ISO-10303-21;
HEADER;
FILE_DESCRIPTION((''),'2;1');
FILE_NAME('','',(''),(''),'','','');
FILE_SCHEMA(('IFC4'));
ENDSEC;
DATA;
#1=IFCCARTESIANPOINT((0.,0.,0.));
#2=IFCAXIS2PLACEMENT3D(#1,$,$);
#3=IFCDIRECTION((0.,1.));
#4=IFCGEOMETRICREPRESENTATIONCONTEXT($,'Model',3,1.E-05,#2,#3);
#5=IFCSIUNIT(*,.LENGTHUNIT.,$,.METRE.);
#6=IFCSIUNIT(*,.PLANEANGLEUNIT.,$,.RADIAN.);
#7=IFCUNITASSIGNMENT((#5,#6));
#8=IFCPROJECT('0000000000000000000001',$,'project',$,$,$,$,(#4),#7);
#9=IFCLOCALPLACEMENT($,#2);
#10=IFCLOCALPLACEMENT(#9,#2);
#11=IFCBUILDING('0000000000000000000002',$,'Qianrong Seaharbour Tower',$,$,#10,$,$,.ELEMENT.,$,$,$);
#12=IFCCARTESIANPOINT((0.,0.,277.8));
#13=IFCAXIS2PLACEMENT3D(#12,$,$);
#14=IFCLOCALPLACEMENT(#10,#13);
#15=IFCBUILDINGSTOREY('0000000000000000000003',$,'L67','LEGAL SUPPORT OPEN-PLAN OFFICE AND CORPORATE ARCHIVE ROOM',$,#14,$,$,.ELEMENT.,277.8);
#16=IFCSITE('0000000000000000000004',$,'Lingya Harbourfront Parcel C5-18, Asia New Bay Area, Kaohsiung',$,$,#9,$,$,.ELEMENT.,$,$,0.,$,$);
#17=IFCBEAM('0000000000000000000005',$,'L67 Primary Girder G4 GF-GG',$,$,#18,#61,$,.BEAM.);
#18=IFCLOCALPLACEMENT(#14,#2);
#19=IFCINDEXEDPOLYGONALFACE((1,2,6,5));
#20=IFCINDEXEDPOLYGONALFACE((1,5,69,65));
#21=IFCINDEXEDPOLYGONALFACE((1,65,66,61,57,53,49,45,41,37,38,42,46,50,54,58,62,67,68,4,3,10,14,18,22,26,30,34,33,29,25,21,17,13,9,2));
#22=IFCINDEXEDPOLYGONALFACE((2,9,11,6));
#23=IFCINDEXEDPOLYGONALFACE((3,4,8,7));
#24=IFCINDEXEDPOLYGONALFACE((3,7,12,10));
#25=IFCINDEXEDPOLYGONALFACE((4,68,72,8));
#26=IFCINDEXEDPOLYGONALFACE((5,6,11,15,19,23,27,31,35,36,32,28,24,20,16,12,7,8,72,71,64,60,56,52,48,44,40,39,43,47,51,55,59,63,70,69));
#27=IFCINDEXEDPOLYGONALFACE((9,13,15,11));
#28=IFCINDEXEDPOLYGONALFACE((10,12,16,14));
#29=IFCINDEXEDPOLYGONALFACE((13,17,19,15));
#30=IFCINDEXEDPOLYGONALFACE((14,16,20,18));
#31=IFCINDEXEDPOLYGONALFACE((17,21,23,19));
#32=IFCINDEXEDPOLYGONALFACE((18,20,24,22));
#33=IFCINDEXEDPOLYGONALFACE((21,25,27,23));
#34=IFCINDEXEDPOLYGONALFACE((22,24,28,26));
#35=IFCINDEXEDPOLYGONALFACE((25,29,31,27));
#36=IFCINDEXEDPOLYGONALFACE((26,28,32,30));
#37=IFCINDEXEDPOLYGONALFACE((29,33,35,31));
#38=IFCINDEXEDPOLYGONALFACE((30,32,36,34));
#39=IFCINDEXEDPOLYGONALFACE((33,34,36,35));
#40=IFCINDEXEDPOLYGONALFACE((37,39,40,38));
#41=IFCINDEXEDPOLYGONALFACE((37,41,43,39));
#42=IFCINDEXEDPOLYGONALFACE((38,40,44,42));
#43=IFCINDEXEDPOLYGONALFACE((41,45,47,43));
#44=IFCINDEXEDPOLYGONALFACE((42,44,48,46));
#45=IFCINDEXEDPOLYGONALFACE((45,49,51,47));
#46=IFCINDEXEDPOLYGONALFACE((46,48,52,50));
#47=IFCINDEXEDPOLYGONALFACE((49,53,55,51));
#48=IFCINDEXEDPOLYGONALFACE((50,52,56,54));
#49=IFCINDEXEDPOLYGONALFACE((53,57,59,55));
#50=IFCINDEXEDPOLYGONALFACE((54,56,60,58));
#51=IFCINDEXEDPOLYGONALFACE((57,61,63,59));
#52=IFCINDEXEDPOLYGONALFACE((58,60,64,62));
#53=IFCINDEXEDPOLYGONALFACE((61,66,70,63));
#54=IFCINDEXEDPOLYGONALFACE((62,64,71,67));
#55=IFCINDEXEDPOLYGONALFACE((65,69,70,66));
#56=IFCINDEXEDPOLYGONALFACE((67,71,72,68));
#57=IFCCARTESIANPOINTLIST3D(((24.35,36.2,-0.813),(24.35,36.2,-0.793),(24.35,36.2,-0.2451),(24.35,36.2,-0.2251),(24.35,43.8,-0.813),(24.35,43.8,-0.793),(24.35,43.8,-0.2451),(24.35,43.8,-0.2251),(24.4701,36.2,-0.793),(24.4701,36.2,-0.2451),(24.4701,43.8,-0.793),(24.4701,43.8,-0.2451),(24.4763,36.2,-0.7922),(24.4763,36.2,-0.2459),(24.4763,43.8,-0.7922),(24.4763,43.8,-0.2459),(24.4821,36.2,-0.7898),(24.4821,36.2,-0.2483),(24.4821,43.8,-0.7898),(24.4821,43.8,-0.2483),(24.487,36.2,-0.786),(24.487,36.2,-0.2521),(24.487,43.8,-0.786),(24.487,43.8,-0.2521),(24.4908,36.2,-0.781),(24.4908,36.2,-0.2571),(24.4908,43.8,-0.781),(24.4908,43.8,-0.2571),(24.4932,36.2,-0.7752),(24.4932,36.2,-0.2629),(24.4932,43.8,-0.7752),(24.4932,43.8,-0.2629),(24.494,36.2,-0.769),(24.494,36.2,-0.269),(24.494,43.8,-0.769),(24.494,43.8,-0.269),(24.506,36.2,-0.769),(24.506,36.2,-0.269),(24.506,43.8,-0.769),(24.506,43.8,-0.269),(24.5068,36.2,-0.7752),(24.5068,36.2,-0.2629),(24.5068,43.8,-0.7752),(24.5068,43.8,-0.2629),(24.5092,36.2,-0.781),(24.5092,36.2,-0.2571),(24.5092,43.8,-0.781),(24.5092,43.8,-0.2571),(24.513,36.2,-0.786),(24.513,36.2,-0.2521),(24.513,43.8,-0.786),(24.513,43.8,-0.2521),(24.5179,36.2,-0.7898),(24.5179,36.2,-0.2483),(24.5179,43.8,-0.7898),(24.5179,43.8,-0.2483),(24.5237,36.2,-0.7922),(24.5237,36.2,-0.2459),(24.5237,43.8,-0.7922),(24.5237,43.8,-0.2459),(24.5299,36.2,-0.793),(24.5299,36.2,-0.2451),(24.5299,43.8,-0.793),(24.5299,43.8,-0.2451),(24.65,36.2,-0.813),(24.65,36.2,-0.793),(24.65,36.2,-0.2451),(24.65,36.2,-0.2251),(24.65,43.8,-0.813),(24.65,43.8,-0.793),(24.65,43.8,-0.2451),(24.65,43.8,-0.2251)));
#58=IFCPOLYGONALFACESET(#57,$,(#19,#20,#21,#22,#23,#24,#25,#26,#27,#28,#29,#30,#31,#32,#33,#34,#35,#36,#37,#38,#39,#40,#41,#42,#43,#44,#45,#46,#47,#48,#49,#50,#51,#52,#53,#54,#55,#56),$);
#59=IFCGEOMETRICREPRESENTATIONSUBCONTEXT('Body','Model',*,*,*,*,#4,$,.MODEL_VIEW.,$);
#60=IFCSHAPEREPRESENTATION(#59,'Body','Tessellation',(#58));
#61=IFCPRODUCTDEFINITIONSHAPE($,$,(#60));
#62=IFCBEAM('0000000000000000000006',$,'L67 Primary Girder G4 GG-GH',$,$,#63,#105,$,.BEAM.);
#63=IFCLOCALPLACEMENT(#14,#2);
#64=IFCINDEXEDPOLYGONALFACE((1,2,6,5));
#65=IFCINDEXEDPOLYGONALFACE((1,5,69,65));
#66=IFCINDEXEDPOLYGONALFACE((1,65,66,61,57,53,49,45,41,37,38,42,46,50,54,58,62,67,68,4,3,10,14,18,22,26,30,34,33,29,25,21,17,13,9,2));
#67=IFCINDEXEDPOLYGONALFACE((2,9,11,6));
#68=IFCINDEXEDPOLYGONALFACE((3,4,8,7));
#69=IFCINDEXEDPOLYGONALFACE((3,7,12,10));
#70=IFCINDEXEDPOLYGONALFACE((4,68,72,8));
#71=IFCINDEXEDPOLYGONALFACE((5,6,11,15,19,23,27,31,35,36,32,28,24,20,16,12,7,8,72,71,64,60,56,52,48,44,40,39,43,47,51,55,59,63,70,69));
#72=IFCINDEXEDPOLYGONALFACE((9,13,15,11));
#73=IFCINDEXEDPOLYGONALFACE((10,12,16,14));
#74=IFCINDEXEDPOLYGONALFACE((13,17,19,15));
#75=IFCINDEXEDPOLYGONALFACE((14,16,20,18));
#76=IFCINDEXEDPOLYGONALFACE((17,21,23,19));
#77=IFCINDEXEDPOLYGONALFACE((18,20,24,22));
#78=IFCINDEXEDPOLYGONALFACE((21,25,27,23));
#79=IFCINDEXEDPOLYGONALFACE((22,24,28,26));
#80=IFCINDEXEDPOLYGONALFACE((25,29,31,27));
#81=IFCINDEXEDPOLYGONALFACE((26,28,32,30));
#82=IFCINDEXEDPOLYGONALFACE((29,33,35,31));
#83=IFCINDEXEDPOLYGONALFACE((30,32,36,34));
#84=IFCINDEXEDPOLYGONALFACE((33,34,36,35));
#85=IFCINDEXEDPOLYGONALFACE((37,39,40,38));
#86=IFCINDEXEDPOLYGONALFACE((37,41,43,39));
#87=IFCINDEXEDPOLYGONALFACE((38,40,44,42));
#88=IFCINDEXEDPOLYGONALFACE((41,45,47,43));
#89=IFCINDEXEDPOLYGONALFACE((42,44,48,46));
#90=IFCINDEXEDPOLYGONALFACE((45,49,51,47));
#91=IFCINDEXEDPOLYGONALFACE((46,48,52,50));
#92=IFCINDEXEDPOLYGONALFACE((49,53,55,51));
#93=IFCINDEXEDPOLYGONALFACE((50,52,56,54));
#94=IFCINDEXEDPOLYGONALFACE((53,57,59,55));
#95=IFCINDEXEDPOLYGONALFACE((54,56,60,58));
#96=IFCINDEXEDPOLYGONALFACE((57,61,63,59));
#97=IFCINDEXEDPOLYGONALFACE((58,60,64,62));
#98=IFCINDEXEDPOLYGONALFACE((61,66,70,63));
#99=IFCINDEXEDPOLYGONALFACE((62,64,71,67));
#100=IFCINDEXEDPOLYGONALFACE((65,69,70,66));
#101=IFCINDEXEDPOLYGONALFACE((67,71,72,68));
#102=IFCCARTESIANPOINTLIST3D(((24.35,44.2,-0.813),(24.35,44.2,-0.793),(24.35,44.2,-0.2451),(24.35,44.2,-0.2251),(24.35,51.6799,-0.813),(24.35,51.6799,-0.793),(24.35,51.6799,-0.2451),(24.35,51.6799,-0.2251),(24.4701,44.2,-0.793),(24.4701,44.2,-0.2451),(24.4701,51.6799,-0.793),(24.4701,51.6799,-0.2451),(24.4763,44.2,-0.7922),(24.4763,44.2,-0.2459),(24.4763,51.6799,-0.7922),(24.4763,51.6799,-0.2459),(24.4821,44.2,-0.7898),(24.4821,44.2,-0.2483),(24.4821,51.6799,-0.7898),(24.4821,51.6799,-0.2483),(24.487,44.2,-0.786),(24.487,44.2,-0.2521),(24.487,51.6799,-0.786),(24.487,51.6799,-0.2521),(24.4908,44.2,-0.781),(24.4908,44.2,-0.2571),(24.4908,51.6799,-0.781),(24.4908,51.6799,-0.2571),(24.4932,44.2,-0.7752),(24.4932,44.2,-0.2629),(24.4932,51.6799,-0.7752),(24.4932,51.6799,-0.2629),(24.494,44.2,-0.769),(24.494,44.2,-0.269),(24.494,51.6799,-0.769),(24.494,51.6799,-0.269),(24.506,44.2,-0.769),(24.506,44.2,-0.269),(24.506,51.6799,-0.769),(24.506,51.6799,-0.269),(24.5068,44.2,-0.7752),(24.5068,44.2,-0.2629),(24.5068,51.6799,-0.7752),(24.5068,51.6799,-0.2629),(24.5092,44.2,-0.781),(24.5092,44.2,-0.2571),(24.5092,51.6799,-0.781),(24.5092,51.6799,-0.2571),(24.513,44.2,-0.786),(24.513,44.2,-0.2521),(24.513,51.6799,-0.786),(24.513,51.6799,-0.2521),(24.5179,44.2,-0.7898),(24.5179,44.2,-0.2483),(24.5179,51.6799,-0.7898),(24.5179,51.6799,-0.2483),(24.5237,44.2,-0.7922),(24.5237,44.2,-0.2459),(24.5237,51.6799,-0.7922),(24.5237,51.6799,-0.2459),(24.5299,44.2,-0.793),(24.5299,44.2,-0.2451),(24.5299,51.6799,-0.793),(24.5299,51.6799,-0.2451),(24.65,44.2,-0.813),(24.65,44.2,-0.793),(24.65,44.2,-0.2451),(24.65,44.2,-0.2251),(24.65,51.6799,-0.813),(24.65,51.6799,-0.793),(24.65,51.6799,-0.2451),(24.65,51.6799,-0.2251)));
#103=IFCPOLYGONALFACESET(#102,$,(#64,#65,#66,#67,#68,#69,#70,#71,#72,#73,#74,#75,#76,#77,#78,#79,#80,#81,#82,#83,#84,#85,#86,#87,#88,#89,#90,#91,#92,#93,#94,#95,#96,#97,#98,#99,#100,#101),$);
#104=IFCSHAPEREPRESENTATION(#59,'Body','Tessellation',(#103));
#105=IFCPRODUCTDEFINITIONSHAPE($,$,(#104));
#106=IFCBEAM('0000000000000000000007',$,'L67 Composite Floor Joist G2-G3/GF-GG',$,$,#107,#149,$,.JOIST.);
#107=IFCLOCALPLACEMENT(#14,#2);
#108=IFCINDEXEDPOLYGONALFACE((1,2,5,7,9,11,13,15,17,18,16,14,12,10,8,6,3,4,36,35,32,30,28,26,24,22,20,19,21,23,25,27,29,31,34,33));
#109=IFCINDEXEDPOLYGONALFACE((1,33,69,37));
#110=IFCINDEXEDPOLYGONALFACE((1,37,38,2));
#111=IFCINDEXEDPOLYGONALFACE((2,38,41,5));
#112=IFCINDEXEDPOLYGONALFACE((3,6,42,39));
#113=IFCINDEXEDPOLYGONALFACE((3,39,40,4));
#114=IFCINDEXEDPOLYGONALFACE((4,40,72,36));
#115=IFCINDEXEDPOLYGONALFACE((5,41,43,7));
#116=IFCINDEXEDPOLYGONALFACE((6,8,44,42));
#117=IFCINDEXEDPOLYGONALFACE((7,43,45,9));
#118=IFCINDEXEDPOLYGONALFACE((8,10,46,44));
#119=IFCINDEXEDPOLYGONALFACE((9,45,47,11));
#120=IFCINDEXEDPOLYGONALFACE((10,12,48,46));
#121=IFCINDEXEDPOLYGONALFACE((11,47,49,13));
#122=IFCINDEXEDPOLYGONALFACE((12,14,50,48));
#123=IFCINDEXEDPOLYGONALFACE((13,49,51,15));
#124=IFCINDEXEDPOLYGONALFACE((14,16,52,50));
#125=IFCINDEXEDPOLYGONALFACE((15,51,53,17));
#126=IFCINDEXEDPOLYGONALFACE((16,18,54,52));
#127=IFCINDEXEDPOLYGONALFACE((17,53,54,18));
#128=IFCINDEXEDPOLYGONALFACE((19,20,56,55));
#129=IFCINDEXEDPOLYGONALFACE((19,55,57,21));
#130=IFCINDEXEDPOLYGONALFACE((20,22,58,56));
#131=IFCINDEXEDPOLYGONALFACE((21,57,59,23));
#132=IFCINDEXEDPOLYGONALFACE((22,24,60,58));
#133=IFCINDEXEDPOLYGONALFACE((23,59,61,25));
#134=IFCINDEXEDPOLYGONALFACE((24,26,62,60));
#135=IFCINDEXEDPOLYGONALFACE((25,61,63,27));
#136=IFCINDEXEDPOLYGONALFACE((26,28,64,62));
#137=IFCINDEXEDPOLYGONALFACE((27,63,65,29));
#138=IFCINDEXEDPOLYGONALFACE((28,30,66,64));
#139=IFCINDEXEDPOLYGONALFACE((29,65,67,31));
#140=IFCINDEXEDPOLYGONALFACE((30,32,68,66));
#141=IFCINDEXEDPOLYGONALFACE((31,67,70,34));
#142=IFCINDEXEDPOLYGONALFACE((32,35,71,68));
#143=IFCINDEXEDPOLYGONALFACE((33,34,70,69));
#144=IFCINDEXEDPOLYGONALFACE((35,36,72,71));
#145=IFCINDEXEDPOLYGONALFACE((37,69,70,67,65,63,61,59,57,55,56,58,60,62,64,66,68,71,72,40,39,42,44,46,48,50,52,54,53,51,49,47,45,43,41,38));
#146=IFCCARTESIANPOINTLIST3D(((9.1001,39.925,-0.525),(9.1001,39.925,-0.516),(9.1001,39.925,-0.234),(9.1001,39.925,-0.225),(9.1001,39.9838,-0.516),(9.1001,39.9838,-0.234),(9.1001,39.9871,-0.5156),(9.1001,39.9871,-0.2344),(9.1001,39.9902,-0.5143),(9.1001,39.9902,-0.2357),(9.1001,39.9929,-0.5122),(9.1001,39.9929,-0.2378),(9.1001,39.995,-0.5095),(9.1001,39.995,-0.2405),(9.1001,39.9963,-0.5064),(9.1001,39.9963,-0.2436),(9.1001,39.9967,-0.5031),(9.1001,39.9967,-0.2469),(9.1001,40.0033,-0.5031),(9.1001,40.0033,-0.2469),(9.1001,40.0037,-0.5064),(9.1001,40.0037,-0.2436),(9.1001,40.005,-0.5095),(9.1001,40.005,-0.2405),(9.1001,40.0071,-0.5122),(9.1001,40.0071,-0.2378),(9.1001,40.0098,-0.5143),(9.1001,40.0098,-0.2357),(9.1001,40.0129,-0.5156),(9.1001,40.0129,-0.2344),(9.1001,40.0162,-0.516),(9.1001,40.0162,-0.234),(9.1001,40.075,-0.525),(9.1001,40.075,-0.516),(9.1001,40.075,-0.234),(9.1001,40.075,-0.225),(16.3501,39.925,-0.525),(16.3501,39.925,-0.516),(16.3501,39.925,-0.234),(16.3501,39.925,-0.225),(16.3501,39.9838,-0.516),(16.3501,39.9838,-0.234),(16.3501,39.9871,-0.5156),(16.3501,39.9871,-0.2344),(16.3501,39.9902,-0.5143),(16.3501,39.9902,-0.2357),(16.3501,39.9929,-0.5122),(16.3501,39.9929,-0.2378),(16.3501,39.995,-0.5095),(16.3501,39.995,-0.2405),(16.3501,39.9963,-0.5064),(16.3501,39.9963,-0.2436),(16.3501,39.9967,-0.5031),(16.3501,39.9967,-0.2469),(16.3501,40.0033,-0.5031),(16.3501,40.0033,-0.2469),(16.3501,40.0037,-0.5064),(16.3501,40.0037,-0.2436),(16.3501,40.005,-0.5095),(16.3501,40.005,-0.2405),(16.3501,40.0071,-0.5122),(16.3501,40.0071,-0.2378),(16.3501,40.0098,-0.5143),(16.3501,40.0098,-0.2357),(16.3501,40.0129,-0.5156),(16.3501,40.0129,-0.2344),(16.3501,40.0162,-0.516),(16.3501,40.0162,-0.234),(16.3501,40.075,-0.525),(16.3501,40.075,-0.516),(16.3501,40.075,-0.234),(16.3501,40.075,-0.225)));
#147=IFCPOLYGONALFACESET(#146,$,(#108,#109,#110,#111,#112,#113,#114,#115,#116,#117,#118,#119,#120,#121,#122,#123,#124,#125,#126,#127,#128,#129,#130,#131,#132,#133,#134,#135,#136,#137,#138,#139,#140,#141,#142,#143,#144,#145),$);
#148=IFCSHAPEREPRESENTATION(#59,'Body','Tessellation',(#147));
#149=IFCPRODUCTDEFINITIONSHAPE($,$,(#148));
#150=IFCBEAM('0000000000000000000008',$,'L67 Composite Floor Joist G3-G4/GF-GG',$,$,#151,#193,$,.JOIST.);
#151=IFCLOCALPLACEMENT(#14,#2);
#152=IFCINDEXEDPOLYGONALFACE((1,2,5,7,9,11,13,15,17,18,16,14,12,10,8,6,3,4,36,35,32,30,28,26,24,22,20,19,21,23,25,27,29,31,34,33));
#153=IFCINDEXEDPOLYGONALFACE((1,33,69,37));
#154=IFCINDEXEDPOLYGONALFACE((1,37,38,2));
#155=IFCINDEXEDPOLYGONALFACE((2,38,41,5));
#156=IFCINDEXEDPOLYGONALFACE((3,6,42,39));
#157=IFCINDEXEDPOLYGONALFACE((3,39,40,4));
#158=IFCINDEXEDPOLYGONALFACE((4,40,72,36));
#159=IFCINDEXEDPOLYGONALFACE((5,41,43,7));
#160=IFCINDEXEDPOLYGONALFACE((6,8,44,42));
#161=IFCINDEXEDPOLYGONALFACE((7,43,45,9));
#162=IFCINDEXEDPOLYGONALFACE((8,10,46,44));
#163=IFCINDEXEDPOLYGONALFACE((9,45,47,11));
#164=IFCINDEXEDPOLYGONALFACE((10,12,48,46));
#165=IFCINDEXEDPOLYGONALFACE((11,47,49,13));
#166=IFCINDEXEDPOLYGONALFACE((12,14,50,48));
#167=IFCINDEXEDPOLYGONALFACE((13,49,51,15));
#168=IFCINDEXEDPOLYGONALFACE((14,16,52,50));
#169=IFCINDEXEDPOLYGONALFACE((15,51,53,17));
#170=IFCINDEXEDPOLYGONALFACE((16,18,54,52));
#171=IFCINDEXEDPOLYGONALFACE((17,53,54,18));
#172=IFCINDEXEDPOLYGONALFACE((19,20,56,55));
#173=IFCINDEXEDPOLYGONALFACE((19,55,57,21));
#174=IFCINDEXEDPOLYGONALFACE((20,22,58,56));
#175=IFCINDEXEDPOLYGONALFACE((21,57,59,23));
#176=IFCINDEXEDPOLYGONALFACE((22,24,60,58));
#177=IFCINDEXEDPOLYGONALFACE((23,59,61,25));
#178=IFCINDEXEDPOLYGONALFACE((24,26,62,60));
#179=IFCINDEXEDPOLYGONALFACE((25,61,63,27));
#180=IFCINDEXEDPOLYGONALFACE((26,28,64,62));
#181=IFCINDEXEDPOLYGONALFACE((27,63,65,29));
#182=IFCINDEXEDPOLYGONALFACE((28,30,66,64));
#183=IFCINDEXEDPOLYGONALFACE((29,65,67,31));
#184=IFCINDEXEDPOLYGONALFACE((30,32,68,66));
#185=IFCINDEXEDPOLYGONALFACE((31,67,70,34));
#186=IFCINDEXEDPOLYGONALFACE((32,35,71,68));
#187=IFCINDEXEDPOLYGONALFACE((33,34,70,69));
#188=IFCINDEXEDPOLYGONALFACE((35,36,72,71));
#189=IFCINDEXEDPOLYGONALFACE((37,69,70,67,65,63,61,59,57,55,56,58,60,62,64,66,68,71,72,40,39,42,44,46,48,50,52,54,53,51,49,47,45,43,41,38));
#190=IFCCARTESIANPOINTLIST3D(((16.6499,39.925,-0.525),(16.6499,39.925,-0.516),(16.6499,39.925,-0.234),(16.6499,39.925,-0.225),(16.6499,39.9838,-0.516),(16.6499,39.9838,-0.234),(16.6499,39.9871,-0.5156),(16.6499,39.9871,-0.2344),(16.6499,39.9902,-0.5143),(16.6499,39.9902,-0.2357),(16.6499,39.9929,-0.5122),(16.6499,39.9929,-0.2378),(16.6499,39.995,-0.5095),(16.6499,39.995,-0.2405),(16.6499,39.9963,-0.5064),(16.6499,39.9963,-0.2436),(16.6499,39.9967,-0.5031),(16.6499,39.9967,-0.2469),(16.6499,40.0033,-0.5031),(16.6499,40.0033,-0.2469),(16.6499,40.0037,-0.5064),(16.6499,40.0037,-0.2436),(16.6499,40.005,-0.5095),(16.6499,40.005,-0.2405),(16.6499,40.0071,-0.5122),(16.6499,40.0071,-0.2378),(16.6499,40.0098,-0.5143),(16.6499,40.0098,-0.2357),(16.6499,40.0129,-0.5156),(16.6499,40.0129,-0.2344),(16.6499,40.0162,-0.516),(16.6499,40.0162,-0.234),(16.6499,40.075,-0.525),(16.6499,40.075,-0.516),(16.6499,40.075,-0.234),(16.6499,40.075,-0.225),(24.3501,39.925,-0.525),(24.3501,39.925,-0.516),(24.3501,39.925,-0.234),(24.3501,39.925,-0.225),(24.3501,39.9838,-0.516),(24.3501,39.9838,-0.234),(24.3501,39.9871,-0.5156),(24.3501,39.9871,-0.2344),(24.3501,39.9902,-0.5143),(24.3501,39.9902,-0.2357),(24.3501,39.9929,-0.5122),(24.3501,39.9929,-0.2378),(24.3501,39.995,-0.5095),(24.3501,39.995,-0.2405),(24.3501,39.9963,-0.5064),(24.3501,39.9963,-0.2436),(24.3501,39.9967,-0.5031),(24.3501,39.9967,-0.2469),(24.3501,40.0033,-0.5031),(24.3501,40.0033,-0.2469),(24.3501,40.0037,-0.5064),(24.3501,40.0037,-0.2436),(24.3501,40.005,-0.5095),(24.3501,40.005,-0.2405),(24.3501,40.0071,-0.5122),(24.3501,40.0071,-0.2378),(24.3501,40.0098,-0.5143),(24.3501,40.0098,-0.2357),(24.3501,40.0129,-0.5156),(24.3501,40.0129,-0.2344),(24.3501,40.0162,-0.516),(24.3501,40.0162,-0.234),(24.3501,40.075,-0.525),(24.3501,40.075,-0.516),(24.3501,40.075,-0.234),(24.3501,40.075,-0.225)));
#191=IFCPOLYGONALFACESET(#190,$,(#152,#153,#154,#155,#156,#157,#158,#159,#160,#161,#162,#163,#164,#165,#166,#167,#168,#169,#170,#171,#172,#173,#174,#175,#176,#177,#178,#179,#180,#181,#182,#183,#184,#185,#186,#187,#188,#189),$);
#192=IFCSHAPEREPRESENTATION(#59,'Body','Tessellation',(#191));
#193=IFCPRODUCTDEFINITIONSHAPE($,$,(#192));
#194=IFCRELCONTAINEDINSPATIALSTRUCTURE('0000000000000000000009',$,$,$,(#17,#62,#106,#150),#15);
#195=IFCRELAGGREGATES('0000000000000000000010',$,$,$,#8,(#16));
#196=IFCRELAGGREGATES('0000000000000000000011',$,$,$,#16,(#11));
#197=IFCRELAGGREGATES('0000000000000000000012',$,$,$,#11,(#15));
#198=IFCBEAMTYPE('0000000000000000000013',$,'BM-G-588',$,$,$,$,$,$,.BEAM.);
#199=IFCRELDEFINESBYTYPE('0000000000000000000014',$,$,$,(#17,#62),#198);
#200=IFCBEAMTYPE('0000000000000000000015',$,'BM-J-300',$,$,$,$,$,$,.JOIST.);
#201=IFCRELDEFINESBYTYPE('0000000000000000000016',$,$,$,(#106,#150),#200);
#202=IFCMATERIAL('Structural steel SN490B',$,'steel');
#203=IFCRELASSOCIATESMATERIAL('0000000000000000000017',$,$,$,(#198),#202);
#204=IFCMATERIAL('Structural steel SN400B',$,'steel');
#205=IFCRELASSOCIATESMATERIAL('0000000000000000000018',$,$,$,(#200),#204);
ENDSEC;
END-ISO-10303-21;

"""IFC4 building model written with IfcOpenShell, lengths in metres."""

from ifc_helpers import new_model, si_unit, direction, frame, origin, origin_2d, place, context, subcontext, project, spatial, i_section, extrude, material, material_profile, profile_set, type_object, element, save


model = new_model("IFC4")

# Units and contexts
model_context = context("Model", 3, precision=1e-05, world=origin(), true_north=direction((0.0, 1.0)))
body_context = subcontext(model_context, "Body", "Model", "MODEL_VIEW")
ifc_project = project(units=[si_unit("LENGTHUNIT", "METRE"), si_unit("PLANEANGLEUNIT", "RADIAN")], contexts=[model_context])

# Site, building, storey
site_placement = place(None, origin())
site = spatial("IfcSite", under=ifc_project, at=site_placement, Name="Lingya Harbourfront Parcel C5-18, Asia New Bay Area, Kaohsiung", CompositionType="ELEMENT", RefElevation=0.0)
building_placement = place(site_placement, origin())
building = spatial("IfcBuilding", under=site, at=building_placement, Name="Qianrong Seaharbour Tower", CompositionType="ELEMENT")
storey_placement = place(building_placement, frame((0.0, 0.0, 277.8)))
storey = spatial("IfcBuildingStorey", under=building, at=storey_placement, Name="L67", Description="LEGAL SUPPORT OPEN-PLAN OFFICE AND CORPORATE ARCHIVE ROOM", CompositionType="ELEMENT", Elevation=277.8)

# Shared definitions
ifc_material_1 = material(Name="Structural steel SN490B", Category="steel")

# Beams
ifc_material_profile_1 = material_profile(ifc_material_1, i_section(OverallWidth=0.3, OverallDepth=0.5879, WebThickness=0.012, FlangeThickness=0.02, FilletRadius=0.0239, at=origin_2d()), Name="H588x300x12x20")
ifc_profile_set_1 = profile_set([ifc_material_profile_1], Name="Structural steel SN490B")
beam_type_1 = type_object("IfcBeamType", Name="BM-G-588", PredefinedType="BEAM", material=ifc_profile_set_1)
beam_1_placement = place(storey_placement, frame((24.5, 36.2, -0.519), z_axis=(0.0, 1.0, 0.0), x_axis=(-1.0, 0.0, 0.0)))
element("IfcBeam", 1, at=beam_1_placement, inside=storey, type_object=beam_type_1, Name="L67 Primary Girder G4 GF-GG", PredefinedType="BEAM", context=body_context, shape_type="SweptSolid", body=[
    extrude(i_section(OverallWidth=0.3, OverallDepth=0.5879, WebThickness=0.012, FlangeThickness=0.02, FilletRadius=0.0239, at=origin_2d()), origin(), (0.0, 0.0, 1.0), 7.6001),
])
beam_2_placement = place(storey_placement, frame((24.5, 44.2, -0.519), z_axis=(0.0, 1.0, 0.0), x_axis=(-1.0, 0.0, 0.0)))
element("IfcBeam", 2, at=beam_2_placement, inside=storey, type_object=beam_type_1, Name="L67 Primary Girder G4 GG-GH", PredefinedType="BEAM", context=body_context, shape_type="SweptSolid", body=[
    extrude(i_section(OverallWidth=0.3, OverallDepth=0.5879, WebThickness=0.012, FlangeThickness=0.02, FilletRadius=0.0239, at=origin_2d()), origin(), (0.0, 0.0, 1.0), 7.48),
])
ifc_material_2 = material(Name="Structural steel SN400B", Category="steel")
ifc_material_profile_2 = material_profile(ifc_material_2, i_section(OverallWidth=0.1499, OverallDepth=0.3, WebThickness=0.0066, FlangeThickness=0.009, FilletRadius=0.0129, at=origin_2d()), Name="H300x150x6.5x9")
ifc_profile_set_2 = profile_set([ifc_material_profile_2], Name="Structural steel SN400B")
beam_type_2 = type_object("IfcBeamType", Name="BM-J-300", PredefinedType="JOIST", material=ifc_profile_set_2)
beam_3_placement = place(storey_placement, frame((9.1001, 40.0, -0.375), z_axis=(1.0, 0.0, 0.0), x_axis=(0.0, 1.0, 0.0)))
element("IfcBeam", 3, at=beam_3_placement, inside=storey, type_object=beam_type_2, Name="L67 Composite Floor Joist G2-G3/GF-GG", PredefinedType="JOIST", context=body_context, shape_type="SweptSolid", body=[
    extrude(i_section(OverallWidth=0.1499, OverallDepth=0.3, WebThickness=0.0066, FlangeThickness=0.009, FilletRadius=0.0129, at=origin_2d()), origin(), (0.0, 0.0, 1.0), 7.25),
])
for number, where, z_axis, x_axis, name in (
    (4, (16.6499, 40.0, -0.375), (1.0, 0.0, 0.0), (0.0, 1.0, 0.0), "L67 Composite Floor Joist G3-G4/GF-GG"),
):
    element("IfcBeam", number, at=place(storey_placement, frame(where, z_axis=z_axis, x_axis=x_axis)), inside=storey, type_object=beam_type_2, Name=name, PredefinedType="JOIST", context=body_context, shape_type="SweptSolid", body=[
        extrude(i_section(OverallWidth=0.1499, OverallDepth=0.3, WebThickness=0.0066, FlangeThickness=0.009, FilletRadius=0.0129, at=origin_2d()), origin(), (0.0, 0.0, 1.0), 7.7002),
    ])

save(model, "model.ifc")
